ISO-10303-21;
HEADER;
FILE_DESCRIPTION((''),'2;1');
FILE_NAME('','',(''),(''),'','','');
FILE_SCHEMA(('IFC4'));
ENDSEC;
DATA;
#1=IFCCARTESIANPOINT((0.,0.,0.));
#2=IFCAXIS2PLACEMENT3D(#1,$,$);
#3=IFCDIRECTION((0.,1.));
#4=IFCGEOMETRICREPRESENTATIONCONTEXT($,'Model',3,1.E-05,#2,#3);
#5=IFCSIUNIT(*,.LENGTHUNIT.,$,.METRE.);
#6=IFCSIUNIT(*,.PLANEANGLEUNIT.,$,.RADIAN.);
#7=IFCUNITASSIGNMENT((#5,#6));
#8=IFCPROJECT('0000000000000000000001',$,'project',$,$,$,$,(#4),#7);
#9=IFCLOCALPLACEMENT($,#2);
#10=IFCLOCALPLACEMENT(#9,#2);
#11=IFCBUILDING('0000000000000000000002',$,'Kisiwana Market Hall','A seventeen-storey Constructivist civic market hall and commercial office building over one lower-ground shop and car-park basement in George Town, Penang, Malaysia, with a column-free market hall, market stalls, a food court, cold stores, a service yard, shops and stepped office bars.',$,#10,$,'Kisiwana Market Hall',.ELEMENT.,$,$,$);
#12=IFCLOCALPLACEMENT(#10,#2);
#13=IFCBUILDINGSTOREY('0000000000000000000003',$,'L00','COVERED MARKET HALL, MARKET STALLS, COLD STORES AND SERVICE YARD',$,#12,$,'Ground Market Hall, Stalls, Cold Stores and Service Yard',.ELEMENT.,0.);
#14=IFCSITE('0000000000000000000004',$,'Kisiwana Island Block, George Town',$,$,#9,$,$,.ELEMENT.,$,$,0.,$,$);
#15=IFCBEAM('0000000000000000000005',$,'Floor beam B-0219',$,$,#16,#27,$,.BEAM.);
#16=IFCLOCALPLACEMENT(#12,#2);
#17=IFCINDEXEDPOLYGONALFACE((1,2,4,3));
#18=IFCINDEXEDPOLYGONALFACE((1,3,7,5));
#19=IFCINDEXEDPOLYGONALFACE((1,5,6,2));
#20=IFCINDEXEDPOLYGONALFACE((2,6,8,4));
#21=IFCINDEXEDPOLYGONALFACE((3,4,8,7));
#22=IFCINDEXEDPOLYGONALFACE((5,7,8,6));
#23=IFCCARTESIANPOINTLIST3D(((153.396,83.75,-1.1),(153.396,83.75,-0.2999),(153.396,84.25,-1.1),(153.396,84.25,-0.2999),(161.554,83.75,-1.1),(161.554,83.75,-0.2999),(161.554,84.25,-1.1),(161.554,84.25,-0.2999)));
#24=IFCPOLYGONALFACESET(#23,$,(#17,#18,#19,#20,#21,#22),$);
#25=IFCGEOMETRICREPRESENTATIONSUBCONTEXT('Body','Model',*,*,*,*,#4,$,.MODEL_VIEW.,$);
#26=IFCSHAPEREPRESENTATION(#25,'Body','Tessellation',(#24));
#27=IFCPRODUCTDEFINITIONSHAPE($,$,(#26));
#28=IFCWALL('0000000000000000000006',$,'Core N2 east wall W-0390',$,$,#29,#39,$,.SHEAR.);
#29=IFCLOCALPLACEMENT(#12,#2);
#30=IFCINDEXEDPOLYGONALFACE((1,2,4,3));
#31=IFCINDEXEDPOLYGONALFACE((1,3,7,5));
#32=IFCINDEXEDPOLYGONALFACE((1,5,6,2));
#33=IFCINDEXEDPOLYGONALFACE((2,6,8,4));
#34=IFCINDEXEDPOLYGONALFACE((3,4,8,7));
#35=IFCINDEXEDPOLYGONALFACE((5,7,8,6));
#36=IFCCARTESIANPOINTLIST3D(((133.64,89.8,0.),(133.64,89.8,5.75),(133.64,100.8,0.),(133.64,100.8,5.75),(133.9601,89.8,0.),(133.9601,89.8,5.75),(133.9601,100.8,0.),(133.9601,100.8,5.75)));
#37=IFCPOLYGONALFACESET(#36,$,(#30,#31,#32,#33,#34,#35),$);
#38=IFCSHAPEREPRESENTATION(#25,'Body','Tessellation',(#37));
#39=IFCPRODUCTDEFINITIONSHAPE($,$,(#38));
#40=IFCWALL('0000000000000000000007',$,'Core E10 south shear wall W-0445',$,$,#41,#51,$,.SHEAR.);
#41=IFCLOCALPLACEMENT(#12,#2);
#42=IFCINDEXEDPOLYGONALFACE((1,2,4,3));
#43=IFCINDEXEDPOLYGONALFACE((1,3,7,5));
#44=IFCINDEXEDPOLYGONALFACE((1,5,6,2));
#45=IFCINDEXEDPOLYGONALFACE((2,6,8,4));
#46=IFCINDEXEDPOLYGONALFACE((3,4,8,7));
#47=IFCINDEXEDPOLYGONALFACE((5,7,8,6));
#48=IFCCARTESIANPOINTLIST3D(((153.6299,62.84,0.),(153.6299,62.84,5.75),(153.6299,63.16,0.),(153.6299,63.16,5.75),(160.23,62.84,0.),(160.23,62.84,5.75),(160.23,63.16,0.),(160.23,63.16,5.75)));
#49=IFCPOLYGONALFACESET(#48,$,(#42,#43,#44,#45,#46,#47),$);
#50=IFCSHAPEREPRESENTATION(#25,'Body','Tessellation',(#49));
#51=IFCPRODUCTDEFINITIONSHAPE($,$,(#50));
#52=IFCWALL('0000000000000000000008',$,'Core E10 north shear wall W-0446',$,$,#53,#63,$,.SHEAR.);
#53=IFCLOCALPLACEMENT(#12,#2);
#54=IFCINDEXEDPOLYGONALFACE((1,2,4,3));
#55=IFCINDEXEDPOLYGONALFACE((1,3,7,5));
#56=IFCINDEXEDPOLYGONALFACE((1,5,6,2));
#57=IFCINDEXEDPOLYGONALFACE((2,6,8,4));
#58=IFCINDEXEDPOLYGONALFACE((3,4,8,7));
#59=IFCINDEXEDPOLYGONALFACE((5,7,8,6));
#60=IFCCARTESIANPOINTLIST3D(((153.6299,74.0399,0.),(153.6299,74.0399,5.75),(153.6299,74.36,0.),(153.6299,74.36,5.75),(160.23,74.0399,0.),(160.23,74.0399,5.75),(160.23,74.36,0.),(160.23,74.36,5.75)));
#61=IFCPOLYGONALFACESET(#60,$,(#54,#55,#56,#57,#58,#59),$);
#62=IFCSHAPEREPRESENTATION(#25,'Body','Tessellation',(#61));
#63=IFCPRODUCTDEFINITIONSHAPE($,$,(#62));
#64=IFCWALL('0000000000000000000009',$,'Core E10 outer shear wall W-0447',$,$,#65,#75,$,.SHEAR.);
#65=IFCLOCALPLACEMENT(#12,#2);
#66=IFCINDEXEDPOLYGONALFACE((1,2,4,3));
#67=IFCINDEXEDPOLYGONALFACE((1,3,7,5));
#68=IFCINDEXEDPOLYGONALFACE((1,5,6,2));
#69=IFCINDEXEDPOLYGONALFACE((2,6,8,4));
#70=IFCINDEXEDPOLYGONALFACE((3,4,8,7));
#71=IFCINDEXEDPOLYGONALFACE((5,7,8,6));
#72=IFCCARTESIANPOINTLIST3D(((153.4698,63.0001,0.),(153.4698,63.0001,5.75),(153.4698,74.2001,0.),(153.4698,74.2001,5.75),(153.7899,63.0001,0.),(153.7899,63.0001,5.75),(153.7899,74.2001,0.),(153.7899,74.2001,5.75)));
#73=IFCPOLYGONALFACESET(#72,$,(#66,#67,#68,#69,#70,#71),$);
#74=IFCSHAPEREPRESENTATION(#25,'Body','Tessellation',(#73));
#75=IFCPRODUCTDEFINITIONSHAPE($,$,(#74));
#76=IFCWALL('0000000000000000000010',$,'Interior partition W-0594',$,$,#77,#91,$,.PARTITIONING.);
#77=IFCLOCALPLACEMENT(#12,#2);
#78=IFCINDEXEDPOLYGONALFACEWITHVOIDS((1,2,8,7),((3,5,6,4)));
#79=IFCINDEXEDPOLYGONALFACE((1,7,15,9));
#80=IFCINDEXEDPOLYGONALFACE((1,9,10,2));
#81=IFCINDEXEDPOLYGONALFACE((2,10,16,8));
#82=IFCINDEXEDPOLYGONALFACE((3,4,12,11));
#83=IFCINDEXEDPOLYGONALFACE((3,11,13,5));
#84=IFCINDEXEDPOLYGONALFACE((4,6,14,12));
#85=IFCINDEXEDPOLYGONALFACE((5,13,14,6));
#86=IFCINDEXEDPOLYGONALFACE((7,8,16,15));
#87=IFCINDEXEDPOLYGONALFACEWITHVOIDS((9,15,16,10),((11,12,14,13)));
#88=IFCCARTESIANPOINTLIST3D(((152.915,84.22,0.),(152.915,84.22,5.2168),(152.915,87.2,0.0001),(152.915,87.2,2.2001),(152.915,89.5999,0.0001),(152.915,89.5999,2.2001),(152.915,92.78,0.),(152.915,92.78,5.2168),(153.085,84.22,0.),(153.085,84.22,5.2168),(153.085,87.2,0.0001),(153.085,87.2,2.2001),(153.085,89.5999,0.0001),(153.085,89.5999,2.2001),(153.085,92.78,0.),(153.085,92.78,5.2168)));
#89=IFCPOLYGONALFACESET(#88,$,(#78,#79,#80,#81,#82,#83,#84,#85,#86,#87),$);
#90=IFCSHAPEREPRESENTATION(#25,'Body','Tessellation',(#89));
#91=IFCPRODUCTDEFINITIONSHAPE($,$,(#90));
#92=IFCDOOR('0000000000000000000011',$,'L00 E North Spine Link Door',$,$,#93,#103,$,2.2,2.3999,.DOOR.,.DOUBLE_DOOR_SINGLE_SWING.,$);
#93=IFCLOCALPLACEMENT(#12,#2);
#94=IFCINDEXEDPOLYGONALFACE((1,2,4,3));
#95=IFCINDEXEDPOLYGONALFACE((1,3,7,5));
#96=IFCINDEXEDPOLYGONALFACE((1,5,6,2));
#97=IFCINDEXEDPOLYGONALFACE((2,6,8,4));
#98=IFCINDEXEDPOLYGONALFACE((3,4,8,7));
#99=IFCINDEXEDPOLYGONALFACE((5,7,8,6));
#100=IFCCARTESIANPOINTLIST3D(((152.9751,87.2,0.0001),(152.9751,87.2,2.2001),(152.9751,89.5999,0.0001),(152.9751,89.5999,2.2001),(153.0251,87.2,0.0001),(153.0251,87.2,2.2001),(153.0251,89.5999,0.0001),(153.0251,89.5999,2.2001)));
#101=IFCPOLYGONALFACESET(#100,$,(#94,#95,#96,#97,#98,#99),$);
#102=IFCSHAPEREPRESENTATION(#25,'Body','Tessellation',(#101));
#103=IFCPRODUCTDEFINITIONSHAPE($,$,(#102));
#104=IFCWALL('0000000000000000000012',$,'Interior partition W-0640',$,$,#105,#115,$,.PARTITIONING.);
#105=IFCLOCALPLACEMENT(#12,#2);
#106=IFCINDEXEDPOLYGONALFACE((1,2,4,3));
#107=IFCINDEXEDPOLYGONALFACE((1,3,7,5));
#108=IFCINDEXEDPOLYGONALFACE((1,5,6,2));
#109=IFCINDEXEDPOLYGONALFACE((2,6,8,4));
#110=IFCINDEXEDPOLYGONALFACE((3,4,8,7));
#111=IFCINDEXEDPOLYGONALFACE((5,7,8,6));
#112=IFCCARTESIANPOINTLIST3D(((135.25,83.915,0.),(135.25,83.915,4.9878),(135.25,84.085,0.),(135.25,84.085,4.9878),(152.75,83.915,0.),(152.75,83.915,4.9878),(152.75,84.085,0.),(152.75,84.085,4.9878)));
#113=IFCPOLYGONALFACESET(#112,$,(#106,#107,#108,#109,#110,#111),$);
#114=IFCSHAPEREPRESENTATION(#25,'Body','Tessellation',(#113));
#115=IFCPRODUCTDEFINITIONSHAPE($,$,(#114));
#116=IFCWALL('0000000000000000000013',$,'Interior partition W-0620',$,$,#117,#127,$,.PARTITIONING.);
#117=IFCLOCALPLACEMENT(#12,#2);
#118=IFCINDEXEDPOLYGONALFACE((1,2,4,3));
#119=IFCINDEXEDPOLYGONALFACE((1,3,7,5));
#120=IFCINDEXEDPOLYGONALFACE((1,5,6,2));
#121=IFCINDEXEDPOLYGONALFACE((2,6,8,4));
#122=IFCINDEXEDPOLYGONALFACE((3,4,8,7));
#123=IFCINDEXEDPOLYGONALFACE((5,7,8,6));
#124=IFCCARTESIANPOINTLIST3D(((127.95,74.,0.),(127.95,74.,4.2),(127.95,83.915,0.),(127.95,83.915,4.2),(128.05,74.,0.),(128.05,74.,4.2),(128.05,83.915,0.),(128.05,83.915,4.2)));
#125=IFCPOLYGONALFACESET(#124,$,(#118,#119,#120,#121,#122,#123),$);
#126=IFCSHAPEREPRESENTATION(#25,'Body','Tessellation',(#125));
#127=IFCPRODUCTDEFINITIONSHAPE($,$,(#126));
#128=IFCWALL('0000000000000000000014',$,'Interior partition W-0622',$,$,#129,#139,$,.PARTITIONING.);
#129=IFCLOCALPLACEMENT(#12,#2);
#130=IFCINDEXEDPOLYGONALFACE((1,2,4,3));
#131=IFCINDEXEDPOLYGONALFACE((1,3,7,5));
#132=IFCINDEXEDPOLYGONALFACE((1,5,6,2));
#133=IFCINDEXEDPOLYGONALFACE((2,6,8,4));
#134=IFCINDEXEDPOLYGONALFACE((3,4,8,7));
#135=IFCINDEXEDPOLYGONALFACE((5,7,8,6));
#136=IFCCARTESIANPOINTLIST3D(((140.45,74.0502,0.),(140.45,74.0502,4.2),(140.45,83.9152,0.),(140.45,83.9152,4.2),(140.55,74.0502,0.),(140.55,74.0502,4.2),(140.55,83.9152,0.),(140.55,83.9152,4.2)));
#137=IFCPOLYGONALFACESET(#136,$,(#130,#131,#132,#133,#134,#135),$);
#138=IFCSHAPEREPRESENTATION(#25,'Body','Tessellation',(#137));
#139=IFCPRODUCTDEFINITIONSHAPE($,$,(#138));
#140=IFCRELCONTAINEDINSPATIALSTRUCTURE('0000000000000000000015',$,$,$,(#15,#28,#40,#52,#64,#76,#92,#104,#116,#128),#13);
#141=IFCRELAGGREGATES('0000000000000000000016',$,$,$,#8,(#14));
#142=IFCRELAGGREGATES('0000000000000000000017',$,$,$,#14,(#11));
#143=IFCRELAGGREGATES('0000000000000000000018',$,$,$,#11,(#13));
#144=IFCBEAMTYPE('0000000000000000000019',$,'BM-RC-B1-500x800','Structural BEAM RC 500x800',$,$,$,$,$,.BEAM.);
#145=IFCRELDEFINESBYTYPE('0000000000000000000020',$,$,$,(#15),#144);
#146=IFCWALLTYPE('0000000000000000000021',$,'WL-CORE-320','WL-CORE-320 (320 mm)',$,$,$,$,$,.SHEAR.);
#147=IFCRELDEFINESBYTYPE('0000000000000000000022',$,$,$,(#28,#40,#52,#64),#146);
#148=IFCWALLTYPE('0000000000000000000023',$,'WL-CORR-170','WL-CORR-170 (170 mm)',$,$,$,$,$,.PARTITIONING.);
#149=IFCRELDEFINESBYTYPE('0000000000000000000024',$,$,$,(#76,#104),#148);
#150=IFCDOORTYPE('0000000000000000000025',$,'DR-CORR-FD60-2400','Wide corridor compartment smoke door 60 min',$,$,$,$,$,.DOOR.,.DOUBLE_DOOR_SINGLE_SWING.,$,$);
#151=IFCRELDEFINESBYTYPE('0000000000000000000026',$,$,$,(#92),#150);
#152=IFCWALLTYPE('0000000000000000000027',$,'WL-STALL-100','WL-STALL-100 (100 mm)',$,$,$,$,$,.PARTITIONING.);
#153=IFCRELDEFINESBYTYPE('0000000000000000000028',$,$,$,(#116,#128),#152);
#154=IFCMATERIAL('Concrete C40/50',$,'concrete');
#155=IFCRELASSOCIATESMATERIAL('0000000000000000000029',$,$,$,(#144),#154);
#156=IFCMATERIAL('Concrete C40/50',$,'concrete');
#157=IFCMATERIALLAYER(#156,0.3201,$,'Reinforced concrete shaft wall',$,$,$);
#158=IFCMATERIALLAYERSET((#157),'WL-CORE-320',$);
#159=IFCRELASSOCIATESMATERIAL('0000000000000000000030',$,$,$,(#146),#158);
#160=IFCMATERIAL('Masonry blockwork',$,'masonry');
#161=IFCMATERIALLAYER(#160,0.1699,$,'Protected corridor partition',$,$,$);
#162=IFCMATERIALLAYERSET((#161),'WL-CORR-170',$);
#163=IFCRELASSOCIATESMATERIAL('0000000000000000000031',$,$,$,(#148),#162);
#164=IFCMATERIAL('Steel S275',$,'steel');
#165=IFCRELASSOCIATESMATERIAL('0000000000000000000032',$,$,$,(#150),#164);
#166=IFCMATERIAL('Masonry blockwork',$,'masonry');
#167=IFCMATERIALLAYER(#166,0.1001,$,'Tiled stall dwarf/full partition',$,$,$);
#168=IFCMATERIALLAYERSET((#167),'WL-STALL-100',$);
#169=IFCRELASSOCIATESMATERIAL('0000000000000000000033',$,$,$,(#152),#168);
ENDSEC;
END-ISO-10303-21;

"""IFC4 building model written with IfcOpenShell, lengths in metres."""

from ifc_helpers import new_model, si_unit, direction, frame, frame_2d, origin, origin_2d, place, context, subcontext, project, spatial, rectangle, extrude, material, layer, layer_set, material_profile, profile_set, type_object, element, fill, save


model = new_model("IFC4")

# Units and contexts
model_context = context("Model", 3, precision=1e-05, world=origin(), true_north=direction((0.0, 1.0)))
body_context = subcontext(model_context, "Body", "Model", "MODEL_VIEW")
ifc_project = project(units=[si_unit("LENGTHUNIT", "METRE"), si_unit("PLANEANGLEUNIT", "RADIAN")], contexts=[model_context])

# Site, building, storey
site_placement = place(None, origin())
site = spatial("IfcSite", under=ifc_project, at=site_placement, Name="Kisiwana Island Block, George Town", CompositionType="ELEMENT", RefElevation=0.0)
building_placement = place(site_placement, origin())
building = spatial("IfcBuilding", under=site, at=building_placement, Name="Kisiwana Market Hall", Description="A seventeen-storey Constructivist civic market hall and commercial office building over one lower-ground shop and car-park basement in George Town, Penang, Malaysia, with a column-free market hall, market stalls, a food court, cold stores, a service yard, shops and stepped office bars.", LongName="Kisiwana Market Hall", CompositionType="ELEMENT")
storey_placement = place(building_placement, origin())
storey = spatial("IfcBuildingStorey", under=building, at=storey_placement, Name="L00", Description="COVERED MARKET HALL, MARKET STALLS, COLD STORES AND SERVICE YARD", LongName="Ground Market Hall, Stalls, Cold Stores and Service Yard", CompositionType="ELEMENT", Elevation=0.0)

# Beam
ifc_material_1 = material(Name="Concrete C40/50", Category="concrete")
ifc_material_profile_1 = material_profile(ifc_material_1, rectangle(XDim=0.5, YDim=0.8, at=origin_2d()), Name="RC 500x800")
ifc_profile_set_1 = profile_set([ifc_material_profile_1], Name="Concrete C40/50")
beam_type_1 = type_object("IfcBeamType", Name="BM-RC-B1-500x800", Description="Structural BEAM RC 500x800", PredefinedType="BEAM", material=ifc_profile_set_1)
beam_1_placement = place(storey_placement, frame((153.396, 84.0, -0.7), z_axis=(1.0, 0.0, 0.0), x_axis=(0.0, 1.0, 0.0)))
element("IfcBeam", 1, at=beam_1_placement, inside=storey, type_object=beam_type_1, Name="Floor beam B-0219", PredefinedType="BEAM", context=body_context, shape_type="SweptSolid", body=[
    extrude(rectangle(XDim=0.5, YDim=0.8, at=origin_2d()), origin(), (0.0, 0.0, 1.0), 8.158),
])

# Walls
ifc_material_2 = material(Name="Concrete C40/50", Category="concrete")
ifc_layer_1 = layer(ifc_material_2, 0.3201, Name="Reinforced concrete shaft wall")
ifc_layer_set_1 = layer_set([ifc_layer_1], Name="WL-CORE-320")
wall_type_1 = type_object("IfcWallType", Name="WL-CORE-320", Description="WL-CORE-320 (320 mm)", PredefinedType="SHEAR", material=ifc_layer_set_1)
wall_1_placement = place(storey_placement, frame((133.8, 89.8, 0.0), z_axis=(0.0, 0.0, 1.0), x_axis=(0.0, 1.0, 0.0)))
element("IfcWall", 2, at=wall_1_placement, inside=storey, type_object=wall_type_1, Name="Core N2 east wall W-0390", PredefinedType="SHEAR", context=body_context, shape_type="SweptSolid", body=[
    extrude(rectangle(XDim=11.0, YDim=0.3201, at=frame_2d((5.5, 0.0))), origin(), (0.0, 0.0, 1.0), 5.75),
])
for number, where, z_axis, x_axis, name in (
    (3, (153.6299, 63.0, 0.0), (0.0, 0.0, 1.0), (1.0, 0.0, 0.0), "Core E10 south shear wall W-0445"),
    (4, (153.6299, 74.2, 0.0), (0.0, 0.0, 1.0), (1.0, 0.0, 0.0), "Core E10 north shear wall W-0446"),
):
    element("IfcWall", number, at=place(storey_placement, frame(where, z_axis=z_axis, x_axis=x_axis)), inside=storey, type_object=wall_type_1, Name=name, PredefinedType="SHEAR", context=body_context, shape_type="SweptSolid", body=[
        extrude(rectangle(XDim=6.6001, YDim=0.3201, at=frame_2d((3.3, 0.0))), origin(), (0.0, 0.0, 1.0), 5.75),
    ])
wall_2_placement = place(storey_placement, frame((153.6299, 63.0, 0.0), z_axis=(0.0, 0.0, 1.0), x_axis=(0.0, 1.0, 0.0)))
element("IfcWall", 5, at=wall_2_placement, inside=storey, type_object=wall_type_1, Name="Core E10 outer shear wall W-0447", PredefinedType="SHEAR", context=body_context, shape_type="SweptSolid", body=[
    extrude(rectangle(XDim=11.2, YDim=0.3201, at=frame_2d((5.6001, 0.0))), origin(), (0.0, 0.0, 1.0), 5.75),
])

# Wall, opening, door
ifc_material_3 = material(Name="Masonry blockwork", Category="masonry")
ifc_layer_2 = layer(ifc_material_3, 0.1699, Name="Protected corridor partition")
ifc_layer_set_2 = layer_set([ifc_layer_2], Name="WL-CORR-170")
wall_type_2 = type_object("IfcWallType", Name="WL-CORR-170", Description="WL-CORR-170 (170 mm)", PredefinedType="PARTITIONING", material=ifc_layer_set_2)
wall_3_placement = place(storey_placement, frame((153.0, 84.22, 0.0), z_axis=(0.0, 0.0, 1.0), x_axis=(0.0, 1.0, 0.0)))
wall_3 = element("IfcWall", 6, at=wall_3_placement, inside=storey, type_object=wall_type_2, Name="Interior partition W-0594", PredefinedType="PARTITIONING", context=body_context, shape_type="SweptSolid", body=[
    extrude(rectangle(XDim=8.5601, YDim=0.1699, at=frame_2d((4.28, 0.0))), origin(), (0.0, 0.0, 1.0), 5.2168),
])
opening_1_placement = place(wall_3_placement, frame((2.98, 0.0, 0.0)))
opening_1 = element("IfcOpeningElement", 7, at=opening_1_placement, cuts=wall_3, PredefinedType="OPENING", context=body_context, shape_type="SweptSolid", body=[
    extrude(rectangle(XDim=2.3999, YDim=2.2, at=frame_2d((1.2, 1.1001))), frame((0.0, 0.0969, 0.0), z_axis=(0.0, -1.0, 0.0), x_axis=(1.0, 0.0, 0.0)), (0.0, 0.0, 1.0), 0.1938),
])
ifc_material_4 = material(Name="Steel S275", Category="steel")
door_type_1 = type_object("IfcDoorType", Name="DR-CORR-FD60-2400", Description="Wide corridor compartment smoke door 60 min", OperationType="DOUBLE_DOOR_SINGLE_SWING", PredefinedType="DOOR", material=ifc_material_4)
door_1_placement = place(opening_1_placement, origin())
door_1 = element("IfcDoor", 8, at=door_1_placement, inside=storey, type_object=door_type_1, Name="L00 E North Spine Link Door", OperationType="DOUBLE_DOOR_SINGLE_SWING", OverallHeight=2.2, OverallWidth=2.3999, PredefinedType="DOOR", context=body_context, shape_type="SweptSolid", body=[
    extrude(rectangle(XDim=2.3999, YDim=2.2, at=frame_2d((1.2, 1.1001))), frame((0.0, 0.0249, 0.0), z_axis=(0.0, -1.0, 0.0), x_axis=(1.0, 0.0, 0.0)), (0.0, 0.0, 1.0), 0.05),
])
fill(opening_1, door_1)

# Walls
wall_4_placement = place(storey_placement, frame((135.25, 84.0, 0.0), z_axis=(0.0, 0.0, 1.0), x_axis=(1.0, 0.0, 0.0)))
element("IfcWall", 9, at=wall_4_placement, inside=storey, type_object=wall_type_2, Name="Interior partition W-0640", PredefinedType="PARTITIONING", context=body_context, shape_type="SweptSolid", body=[
    extrude(rectangle(XDim=17.5, YDim=0.1699, at=frame_2d((8.75, 0.0))), origin(), (0.0, 0.0, 1.0), 4.9878),
])
ifc_material_5 = material(Name="Masonry blockwork", Category="masonry")
ifc_layer_3 = layer(ifc_material_5, 0.1001, Name="Tiled stall dwarf/full partition")
ifc_layer_set_3 = layer_set([ifc_layer_3], Name="WL-STALL-100")
wall_type_3 = type_object("IfcWallType", Name="WL-STALL-100", Description="WL-STALL-100 (100 mm)", PredefinedType="PARTITIONING", material=ifc_layer_set_3)
wall_5_placement = place(storey_placement, frame((128.0, 74.0, 0.0), z_axis=(0.0, 0.0, 1.0), x_axis=(0.0, 1.0, 0.0)))
element("IfcWall", 10, at=wall_5_placement, inside=storey, type_object=wall_type_3, Name="Interior partition W-0620", PredefinedType="PARTITIONING", context=body_context, shape_type="SweptSolid", body=[
    extrude(rectangle(XDim=9.915, YDim=0.1001, at=frame_2d((4.9575, 0.0))), origin(), (0.0, 0.0, 1.0), 4.2),
])
wall_6_placement = place(storey_placement, frame((140.5, 74.05, 0.0), z_axis=(0.0, 0.0, 1.0), x_axis=(0.0, 1.0, 0.0)))
element("IfcWall", 11, at=wall_6_placement, inside=storey, type_object=wall_type_3, Name="Interior partition W-0622", PredefinedType="PARTITIONING", context=body_context, shape_type="SweptSolid", body=[
    extrude(rectangle(XDim=9.865, YDim=0.1001, at=frame_2d((4.9326, 0.0))), origin(), (0.0, 0.0, 1.0), 4.2),
])

save(model, "model.ifc")
